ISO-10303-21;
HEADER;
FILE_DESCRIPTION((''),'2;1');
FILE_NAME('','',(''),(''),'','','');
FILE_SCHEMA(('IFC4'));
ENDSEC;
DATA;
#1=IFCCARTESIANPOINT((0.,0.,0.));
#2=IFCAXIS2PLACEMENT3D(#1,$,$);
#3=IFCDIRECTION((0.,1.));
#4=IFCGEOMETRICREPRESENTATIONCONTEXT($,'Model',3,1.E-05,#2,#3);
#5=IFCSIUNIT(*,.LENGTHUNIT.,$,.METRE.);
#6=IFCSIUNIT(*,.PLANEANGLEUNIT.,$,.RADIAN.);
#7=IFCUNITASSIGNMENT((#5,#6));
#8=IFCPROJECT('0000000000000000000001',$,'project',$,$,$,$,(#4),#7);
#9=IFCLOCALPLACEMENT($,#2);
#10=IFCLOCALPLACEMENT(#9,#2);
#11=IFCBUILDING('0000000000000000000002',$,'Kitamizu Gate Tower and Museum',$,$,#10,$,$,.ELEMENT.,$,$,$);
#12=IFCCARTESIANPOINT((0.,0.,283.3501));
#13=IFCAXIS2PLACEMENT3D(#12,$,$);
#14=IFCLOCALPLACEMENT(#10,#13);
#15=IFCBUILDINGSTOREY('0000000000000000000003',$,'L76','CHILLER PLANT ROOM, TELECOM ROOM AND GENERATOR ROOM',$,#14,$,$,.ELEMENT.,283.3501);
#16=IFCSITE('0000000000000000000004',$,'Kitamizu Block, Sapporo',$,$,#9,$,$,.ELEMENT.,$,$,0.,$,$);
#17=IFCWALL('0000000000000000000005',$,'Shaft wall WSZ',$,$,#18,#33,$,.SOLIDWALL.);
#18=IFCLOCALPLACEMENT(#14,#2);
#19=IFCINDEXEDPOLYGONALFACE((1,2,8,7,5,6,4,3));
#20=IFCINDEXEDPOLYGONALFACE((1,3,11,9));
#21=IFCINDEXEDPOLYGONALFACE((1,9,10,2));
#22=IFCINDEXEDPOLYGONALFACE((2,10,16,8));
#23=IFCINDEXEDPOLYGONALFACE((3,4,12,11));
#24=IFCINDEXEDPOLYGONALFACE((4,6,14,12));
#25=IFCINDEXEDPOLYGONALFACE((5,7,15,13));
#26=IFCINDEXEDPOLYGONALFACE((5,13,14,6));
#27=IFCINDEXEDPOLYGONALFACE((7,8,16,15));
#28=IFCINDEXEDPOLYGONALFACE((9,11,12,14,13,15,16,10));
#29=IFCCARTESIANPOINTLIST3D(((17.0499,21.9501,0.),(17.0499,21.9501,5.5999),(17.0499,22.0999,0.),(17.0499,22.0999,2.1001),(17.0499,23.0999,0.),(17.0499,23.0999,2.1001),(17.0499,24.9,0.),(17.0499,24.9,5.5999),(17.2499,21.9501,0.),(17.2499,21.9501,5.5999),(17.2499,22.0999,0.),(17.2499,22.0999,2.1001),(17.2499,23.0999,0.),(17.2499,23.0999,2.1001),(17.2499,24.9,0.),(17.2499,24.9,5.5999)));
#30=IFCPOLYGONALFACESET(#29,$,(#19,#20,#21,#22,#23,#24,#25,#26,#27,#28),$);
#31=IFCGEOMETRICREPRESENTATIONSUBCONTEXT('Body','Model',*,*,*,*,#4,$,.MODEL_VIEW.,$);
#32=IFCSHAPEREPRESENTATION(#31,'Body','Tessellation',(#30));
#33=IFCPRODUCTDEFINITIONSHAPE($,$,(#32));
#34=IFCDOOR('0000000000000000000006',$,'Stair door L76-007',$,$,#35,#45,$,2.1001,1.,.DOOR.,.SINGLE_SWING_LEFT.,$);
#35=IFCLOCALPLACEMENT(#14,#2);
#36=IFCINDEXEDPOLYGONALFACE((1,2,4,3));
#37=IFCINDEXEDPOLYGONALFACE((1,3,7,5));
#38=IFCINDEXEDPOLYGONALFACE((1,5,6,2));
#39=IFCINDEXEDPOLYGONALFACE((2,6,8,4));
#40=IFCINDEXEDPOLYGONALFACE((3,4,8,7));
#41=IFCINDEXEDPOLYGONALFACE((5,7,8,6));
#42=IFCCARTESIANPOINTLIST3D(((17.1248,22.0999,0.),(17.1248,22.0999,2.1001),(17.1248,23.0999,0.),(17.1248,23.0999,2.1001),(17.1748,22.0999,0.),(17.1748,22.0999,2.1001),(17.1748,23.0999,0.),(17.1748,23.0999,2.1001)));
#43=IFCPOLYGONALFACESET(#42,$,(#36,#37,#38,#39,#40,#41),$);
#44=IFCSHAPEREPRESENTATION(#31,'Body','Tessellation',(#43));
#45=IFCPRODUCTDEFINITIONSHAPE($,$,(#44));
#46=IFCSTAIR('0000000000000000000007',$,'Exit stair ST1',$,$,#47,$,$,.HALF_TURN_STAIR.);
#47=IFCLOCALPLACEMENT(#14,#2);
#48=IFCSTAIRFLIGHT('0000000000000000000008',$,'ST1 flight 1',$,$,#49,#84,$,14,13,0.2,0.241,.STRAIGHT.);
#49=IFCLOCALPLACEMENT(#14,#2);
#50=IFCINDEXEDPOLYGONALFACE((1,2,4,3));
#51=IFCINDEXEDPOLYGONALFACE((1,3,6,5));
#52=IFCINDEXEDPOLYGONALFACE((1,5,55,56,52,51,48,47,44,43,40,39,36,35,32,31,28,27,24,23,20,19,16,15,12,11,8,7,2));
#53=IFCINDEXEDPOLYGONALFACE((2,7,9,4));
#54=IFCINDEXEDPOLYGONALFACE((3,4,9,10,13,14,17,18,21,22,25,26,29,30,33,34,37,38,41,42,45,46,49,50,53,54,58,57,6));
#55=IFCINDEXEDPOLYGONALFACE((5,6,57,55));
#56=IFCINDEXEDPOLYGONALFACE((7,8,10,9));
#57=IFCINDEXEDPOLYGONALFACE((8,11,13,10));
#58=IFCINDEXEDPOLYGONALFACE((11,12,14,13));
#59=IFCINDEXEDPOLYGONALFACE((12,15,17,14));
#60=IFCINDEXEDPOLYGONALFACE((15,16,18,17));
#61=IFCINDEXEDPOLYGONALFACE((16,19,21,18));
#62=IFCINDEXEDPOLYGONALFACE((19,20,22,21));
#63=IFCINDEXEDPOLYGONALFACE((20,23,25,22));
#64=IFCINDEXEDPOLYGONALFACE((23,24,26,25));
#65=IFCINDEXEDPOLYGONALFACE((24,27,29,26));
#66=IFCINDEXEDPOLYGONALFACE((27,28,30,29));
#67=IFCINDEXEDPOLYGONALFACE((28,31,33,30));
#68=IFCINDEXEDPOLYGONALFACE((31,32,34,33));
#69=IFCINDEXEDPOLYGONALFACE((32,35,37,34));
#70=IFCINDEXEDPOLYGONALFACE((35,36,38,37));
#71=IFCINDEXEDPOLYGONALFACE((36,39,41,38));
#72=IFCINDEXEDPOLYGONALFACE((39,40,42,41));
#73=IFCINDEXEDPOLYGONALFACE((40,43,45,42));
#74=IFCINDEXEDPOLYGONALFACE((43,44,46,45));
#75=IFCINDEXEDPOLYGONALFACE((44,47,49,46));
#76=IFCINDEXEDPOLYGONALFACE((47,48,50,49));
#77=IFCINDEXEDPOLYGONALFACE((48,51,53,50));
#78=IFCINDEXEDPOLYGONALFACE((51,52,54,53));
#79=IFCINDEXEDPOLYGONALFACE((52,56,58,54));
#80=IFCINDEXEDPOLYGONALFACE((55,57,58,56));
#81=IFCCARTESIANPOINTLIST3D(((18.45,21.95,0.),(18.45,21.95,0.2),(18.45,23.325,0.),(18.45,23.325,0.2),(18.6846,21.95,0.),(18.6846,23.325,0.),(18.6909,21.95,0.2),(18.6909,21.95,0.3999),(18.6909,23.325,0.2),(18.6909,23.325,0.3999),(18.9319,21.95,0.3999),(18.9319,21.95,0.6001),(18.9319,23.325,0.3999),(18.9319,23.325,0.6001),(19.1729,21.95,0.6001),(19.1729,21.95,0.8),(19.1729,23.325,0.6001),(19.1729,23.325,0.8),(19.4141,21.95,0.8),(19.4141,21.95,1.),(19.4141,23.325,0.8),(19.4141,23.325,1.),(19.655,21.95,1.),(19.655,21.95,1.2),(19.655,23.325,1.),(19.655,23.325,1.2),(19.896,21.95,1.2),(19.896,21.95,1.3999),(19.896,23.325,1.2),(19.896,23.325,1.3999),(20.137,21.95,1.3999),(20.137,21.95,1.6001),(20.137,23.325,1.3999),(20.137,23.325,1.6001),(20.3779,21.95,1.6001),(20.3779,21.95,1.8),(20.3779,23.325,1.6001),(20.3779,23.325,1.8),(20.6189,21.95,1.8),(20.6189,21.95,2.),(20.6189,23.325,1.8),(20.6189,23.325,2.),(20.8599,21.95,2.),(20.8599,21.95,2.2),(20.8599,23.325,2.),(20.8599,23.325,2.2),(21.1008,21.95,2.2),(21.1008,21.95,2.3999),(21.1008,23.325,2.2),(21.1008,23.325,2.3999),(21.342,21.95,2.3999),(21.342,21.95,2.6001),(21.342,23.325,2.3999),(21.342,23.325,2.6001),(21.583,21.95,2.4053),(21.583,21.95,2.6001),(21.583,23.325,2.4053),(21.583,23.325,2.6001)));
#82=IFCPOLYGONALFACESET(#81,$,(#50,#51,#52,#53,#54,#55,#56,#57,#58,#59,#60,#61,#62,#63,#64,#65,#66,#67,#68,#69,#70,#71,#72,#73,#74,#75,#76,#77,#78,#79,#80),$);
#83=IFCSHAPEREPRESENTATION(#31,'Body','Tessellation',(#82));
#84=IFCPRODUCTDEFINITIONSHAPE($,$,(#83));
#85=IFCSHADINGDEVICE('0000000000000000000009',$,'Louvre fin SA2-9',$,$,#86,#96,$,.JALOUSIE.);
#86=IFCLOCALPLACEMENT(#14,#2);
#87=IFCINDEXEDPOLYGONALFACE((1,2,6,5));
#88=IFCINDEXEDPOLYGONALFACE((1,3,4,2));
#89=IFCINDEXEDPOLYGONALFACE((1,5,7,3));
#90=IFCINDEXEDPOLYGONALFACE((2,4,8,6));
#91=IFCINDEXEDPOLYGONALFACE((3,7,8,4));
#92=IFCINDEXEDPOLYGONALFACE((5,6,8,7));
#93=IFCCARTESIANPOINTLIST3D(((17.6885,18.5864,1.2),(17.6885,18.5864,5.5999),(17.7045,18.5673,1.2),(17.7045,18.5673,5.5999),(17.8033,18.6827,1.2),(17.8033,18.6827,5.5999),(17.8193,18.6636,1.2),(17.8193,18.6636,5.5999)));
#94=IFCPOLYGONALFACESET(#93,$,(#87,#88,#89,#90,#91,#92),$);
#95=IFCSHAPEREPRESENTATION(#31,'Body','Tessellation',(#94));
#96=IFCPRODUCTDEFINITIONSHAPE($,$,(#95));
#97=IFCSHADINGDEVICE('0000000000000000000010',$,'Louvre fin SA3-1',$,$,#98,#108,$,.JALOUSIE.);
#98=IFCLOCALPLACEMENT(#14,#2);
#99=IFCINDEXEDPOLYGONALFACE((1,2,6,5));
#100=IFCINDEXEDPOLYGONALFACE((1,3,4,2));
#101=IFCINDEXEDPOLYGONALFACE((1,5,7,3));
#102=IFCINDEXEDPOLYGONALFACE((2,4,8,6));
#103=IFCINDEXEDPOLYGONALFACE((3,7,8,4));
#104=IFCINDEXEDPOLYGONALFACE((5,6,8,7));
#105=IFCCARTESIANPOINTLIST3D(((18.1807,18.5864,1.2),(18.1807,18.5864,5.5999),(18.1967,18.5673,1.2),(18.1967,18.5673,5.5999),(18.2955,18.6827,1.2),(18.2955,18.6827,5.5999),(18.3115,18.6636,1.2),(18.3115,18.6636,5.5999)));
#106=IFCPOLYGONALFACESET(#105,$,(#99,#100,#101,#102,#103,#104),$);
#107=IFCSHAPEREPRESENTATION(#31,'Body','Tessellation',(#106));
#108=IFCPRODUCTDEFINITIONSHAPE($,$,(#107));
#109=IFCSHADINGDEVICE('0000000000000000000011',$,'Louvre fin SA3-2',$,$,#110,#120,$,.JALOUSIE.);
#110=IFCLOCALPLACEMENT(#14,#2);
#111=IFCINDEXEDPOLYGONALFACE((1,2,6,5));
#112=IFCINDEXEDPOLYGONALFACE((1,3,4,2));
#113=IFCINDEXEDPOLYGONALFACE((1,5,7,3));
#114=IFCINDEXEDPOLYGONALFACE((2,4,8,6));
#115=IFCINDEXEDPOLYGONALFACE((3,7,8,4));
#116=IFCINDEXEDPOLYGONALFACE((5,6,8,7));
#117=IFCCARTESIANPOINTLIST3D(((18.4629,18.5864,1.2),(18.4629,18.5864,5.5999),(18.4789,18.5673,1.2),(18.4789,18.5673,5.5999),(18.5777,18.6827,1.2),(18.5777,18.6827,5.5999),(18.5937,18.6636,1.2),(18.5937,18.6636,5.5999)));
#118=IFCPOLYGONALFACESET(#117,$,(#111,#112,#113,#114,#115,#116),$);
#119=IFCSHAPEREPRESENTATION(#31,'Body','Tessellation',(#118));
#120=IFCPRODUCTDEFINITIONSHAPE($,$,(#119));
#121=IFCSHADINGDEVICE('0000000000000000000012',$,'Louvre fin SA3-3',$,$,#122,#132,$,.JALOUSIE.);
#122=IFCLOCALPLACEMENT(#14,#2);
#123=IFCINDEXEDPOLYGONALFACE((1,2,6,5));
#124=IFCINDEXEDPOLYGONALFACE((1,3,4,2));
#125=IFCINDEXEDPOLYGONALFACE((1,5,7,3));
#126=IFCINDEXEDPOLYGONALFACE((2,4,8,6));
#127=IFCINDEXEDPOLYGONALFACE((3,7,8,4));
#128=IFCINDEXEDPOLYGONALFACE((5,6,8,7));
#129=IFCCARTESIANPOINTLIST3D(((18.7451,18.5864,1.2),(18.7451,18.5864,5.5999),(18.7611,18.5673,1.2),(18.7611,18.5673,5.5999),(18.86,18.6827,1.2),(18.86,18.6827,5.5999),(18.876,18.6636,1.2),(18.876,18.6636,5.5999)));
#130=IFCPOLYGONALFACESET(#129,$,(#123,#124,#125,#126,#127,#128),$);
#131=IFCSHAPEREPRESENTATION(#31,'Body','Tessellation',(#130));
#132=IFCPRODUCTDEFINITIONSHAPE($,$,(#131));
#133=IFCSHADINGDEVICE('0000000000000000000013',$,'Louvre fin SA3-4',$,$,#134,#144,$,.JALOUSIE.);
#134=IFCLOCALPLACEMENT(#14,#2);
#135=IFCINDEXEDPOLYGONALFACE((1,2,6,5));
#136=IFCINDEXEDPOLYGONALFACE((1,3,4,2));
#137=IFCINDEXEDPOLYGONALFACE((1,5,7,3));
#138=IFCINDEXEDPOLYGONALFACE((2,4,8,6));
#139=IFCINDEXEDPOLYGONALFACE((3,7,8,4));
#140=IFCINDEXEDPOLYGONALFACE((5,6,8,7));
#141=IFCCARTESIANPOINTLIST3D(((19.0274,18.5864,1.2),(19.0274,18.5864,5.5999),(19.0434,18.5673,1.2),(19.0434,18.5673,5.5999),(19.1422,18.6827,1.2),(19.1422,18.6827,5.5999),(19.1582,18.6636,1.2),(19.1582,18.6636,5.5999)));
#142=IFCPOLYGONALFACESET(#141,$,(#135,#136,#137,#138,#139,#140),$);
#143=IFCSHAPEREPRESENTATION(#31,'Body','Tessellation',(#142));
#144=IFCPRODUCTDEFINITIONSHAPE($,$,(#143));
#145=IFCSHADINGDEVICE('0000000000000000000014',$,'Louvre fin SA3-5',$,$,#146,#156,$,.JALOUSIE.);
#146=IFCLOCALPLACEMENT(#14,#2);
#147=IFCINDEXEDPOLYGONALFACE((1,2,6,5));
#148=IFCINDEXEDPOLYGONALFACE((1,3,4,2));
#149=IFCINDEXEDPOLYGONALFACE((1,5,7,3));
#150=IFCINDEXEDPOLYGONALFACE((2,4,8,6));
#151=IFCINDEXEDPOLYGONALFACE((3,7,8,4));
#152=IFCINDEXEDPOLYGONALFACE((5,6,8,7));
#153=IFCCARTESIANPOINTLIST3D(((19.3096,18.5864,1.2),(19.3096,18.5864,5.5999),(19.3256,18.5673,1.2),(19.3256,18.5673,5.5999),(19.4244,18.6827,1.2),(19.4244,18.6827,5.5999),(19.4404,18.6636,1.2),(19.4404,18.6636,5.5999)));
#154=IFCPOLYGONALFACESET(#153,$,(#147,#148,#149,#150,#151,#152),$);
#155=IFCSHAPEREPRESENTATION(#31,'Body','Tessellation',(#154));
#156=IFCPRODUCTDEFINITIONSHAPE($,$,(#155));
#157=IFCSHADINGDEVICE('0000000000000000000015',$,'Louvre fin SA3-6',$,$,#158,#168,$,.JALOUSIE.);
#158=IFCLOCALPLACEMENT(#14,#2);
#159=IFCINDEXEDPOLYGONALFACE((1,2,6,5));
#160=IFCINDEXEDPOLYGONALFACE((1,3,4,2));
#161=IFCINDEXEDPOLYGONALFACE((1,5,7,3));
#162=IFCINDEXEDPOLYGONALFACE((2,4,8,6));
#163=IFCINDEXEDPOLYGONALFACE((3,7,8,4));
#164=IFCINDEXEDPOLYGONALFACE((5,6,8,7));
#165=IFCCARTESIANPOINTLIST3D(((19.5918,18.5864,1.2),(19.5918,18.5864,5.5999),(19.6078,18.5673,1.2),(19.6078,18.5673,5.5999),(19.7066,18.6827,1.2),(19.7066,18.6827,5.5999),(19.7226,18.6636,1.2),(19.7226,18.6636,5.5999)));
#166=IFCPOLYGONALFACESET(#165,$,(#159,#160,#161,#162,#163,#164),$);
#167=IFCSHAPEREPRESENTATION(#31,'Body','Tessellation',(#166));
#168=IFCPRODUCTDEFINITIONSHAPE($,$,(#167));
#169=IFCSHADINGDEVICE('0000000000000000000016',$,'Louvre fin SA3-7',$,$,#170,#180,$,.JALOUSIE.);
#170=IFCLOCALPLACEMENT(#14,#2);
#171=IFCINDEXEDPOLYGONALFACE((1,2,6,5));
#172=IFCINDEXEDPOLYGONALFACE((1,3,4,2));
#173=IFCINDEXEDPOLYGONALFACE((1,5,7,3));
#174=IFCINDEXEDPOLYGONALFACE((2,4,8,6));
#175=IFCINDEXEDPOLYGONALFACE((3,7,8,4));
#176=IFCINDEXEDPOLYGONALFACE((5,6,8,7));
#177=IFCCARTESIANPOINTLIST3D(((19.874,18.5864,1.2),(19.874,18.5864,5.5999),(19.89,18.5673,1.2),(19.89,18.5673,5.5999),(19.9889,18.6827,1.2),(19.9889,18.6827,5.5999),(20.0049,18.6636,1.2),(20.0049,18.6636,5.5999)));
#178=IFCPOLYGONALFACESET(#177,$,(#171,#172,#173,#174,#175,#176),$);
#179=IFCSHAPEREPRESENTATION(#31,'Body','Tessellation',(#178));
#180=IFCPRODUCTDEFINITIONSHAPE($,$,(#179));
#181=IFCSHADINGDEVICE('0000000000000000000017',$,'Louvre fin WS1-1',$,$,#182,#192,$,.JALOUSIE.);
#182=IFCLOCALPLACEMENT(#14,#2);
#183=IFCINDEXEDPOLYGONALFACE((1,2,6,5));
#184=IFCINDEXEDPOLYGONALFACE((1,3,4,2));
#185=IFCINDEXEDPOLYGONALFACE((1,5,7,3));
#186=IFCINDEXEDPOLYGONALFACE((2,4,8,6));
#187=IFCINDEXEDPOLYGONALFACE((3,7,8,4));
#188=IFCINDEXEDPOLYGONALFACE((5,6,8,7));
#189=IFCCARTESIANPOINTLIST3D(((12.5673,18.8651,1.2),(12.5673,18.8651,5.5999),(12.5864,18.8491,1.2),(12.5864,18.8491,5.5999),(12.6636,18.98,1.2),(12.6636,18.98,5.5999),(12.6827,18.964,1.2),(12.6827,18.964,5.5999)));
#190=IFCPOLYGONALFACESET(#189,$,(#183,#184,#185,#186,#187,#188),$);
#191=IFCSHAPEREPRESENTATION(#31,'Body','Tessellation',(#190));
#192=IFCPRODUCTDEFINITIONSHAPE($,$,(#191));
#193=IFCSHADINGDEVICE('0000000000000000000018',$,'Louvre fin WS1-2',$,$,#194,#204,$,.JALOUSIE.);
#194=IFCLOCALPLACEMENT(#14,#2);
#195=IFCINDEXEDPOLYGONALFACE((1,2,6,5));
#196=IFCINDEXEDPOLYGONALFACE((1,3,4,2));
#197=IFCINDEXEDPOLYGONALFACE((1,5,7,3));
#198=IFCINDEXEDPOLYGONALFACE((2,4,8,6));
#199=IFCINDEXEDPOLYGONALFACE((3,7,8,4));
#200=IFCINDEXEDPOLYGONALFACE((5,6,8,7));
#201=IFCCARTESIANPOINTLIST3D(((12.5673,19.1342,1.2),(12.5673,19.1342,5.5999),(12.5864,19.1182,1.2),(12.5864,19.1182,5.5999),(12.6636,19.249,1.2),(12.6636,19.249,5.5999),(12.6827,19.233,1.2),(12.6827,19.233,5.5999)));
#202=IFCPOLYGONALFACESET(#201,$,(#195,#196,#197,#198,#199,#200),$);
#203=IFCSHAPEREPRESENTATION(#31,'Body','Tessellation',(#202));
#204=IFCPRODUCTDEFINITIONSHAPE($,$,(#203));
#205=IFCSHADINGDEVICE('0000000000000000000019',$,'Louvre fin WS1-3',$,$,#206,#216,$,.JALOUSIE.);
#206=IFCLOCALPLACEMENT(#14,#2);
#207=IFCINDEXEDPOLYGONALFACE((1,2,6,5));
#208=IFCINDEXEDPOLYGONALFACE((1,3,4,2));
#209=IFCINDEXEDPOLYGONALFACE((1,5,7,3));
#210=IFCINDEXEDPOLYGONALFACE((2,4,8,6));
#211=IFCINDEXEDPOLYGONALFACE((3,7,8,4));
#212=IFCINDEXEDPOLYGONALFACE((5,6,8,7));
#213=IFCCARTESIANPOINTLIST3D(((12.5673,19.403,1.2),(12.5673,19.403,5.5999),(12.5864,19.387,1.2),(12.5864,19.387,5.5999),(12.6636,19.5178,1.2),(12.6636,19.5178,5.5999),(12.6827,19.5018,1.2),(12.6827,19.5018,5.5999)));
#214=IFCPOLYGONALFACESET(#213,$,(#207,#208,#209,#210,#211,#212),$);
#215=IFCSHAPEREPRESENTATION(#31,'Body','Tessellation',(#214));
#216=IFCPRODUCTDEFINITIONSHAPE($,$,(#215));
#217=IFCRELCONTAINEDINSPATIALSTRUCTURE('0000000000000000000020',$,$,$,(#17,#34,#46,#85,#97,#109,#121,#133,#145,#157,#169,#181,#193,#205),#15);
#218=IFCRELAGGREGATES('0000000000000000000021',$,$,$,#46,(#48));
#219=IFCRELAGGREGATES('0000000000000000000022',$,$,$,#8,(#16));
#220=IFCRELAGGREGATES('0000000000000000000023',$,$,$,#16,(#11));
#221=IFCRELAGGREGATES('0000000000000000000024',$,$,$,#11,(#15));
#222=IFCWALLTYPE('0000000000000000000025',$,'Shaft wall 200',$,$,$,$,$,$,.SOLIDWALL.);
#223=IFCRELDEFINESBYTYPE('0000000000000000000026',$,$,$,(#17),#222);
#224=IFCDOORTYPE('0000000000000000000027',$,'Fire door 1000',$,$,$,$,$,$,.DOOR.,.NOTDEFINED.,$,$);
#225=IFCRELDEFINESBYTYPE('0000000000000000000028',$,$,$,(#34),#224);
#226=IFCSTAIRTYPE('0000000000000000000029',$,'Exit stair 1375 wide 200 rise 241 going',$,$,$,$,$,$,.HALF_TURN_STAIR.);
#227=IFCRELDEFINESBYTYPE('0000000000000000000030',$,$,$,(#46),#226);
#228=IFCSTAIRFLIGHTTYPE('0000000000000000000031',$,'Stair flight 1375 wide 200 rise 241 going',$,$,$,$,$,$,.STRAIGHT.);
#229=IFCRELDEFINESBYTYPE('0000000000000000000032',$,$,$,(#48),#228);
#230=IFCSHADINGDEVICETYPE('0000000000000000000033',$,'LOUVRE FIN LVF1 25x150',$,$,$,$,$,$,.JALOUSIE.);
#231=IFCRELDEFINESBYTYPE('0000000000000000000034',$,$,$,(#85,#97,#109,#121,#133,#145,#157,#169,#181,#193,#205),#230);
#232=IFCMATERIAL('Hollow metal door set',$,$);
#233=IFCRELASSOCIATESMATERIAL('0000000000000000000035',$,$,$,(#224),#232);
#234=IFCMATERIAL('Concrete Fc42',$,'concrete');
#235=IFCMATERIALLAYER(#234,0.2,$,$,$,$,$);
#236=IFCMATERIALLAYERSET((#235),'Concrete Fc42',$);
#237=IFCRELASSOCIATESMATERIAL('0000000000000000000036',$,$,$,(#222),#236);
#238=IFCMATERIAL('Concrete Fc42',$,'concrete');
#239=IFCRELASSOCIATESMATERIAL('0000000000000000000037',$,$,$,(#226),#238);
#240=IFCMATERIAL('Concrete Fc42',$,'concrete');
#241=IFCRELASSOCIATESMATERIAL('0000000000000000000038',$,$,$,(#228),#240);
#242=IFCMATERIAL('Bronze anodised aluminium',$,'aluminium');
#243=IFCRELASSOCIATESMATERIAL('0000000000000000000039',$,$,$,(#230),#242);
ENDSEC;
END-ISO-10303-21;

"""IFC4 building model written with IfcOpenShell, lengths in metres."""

from ifc_helpers import new_model, si_unit, direction, frame, frame_2d, origin, origin_2d, place, context, subcontext, project, spatial, polyline, rectangle, outline, extrude, material, layer, layer_set, material_profile, profile_set, type_object, element, fill, aggregate, save


model = new_model("IFC4")

# Units and contexts
model_context = context("Model", 3, precision=1e-05, world=origin(), true_north=direction((0.0, 1.0)))
body_context = subcontext(model_context, "Body", "Model", "MODEL_VIEW")
ifc_project = project(units=[si_unit("LENGTHUNIT", "METRE"), si_unit("PLANEANGLEUNIT", "RADIAN")], contexts=[model_context])

# Site, building, storey
site_placement = place(None, origin())
site = spatial("IfcSite", under=ifc_project, at=site_placement, Name="Kitamizu Block, Sapporo", CompositionType="ELEMENT", RefElevation=0.0)
building_placement = place(site_placement, origin())
building = spatial("IfcBuilding", under=site, at=building_placement, Name="Kitamizu Gate Tower and Museum", CompositionType="ELEMENT")
storey_placement = place(building_placement, frame((0.0, 0.0, 283.3501)))
storey = spatial("IfcBuildingStorey", under=building, at=storey_placement, Name="L76", Description="CHILLER PLANT ROOM, TELECOM ROOM AND GENERATOR ROOM", CompositionType="ELEMENT", Elevation=283.3501)

# Shared definitions
ifc_material_1 = material(Name="Hollow metal door set")
door_type_1 = type_object("IfcDoorType", Name="Fire door 1000", OperationType="NOTDEFINED", PredefinedType="DOOR", material=ifc_material_1)

# Shared definitions
ifc_material_2 = material(Name="Concrete Fc42", Category="concrete")
ifc_layer_1 = layer(ifc_material_2, 0.2)
ifc_layer_set_1 = layer_set([ifc_layer_1], Name="Concrete Fc42")
wall_type_1 = type_object("IfcWallType", Name="Shaft wall 200", PredefinedType="SOLIDWALL", material=ifc_layer_set_1)

# Wall, opening, door
wall_1_placement = place(storey_placement, frame((17.1499, 21.95, 0.0), z_axis=(0.0, 0.0, 1.0), x_axis=(0.0, 1.0, 0.0)))
wall_1 = element("IfcWall", 1, at=wall_1_placement, inside=storey, type_object=wall_type_1, Name="Shaft wall WSZ", PredefinedType="SOLIDWALL", context=body_context, shape_type="SweptSolid", body=[
    extrude(rectangle(XDim=2.95, YDim=0.2, at=frame_2d((1.4751, 0.0))), origin(), (0.0, 0.0, 1.0), 5.5999),
])
opening_1_placement = place(wall_1_placement, frame((0.1499, 0.0, 0.0)))
opening_1 = element("IfcOpeningElement", 2, at=opening_1_placement, cuts=wall_1, PredefinedType="OPENING", context=body_context, shape_type="SweptSolid", body=[
    extrude(rectangle(XDim=1.0, YDim=2.1001, at=frame_2d((0.5, 1.05))), frame((0.0, 0.1099, 0.0), z_axis=(0.0, -1.0, 0.0), x_axis=(1.0, 0.0, 0.0)), (0.0, 0.0, 1.0), 0.22),
])
door_1_placement = place(opening_1_placement, frame((1.0, 0.0, 0.0), x_axis=(-1.0, 0.0, 0.0)))
door_1 = element("IfcDoor", 3, at=door_1_placement, inside=storey, type_object=door_type_1, Name="Stair door L76-007", OperationType="SINGLE_SWING_LEFT", OverallHeight=2.1001, OverallWidth=1.0, PredefinedType="DOOR", context=body_context, shape_type="SweptSolid", body=[
    extrude(rectangle(XDim=1.0, YDim=2.1001, at=frame_2d((0.5, 1.05))), frame((0.0, 0.0249, 0.0), z_axis=(0.0, -1.0, 0.0), x_axis=(1.0, 0.0, 0.0)), (0.0, 0.0, 1.0), 0.05),
])
fill(opening_1, door_1)

# Stair, stair flight
ifc_material_3 = material(Name="Concrete Fc42", Category="concrete")
stair_type = type_object("IfcStairType", Name="Exit stair 1375 wide 200 rise 241 going", PredefinedType="HALF_TURN_STAIR", material=ifc_material_3)
stair_placement = place(storey_placement, origin())
stair = element("IfcStair", 4, at=stair_placement, inside=storey, type_object=stair_type, Name="Exit stair ST1", PredefinedType="HALF_TURN_STAIR")
ifc_material_4 = material(Name="Concrete Fc42", Category="concrete")
stair_flight_type = type_object("IfcStairFlightType", Name="Stair flight 1375 wide 200 rise 241 going", PredefinedType="STRAIGHT", material=ifc_material_4)
stair_flight_placement = place(storey_placement, frame((18.45, 22.6375, 0.0), z_axis=(0.0, 0.0, 1.0), x_axis=(1.0, 0.0, 0.0)))
stair_flight = element("IfcStairFlight", 5, at=stair_flight_placement, type_object=stair_flight_type, Name="ST1 flight 1", NumberOfRisers=14, NumberOfTreads=13, PredefinedType="STRAIGHT", RiserHeight=0.2, TreadLength=0.241, context=body_context, shape_type="SweptSolid", body=[
    extrude(outline(polyline([(0.0, 0.0), (0.0, 0.2), (0.241, 0.2), (0.241, 0.3999), (0.4819, 0.3999), (0.4819, 0.6001), (0.7229, 0.6001), (0.7229, 0.8), (0.9641, 0.8), (0.9641, 1.0), (1.2051, 1.0), (1.2051, 1.2), (1.446, 1.2), (1.446, 1.3999), (1.687, 1.3999), (1.687, 1.6001), (1.928, 1.6001), (1.928, 1.8), (2.1689, 1.8), (2.1689, 2.0), (2.4099, 2.0), (2.4099, 2.2), (2.6509, 2.2), (2.6509, 2.3999), (2.8921, 2.3999), (2.8921, 2.6001), (3.1331, 2.6001), (3.1331, 2.8), (3.1331, 2.4053), (0.2346, 0.0), (0.0, 0.0)])), frame((0.0, 0.6875, 0.0), z_axis=(0.0, -1.0, 0.0), x_axis=(1.0, 0.0, 0.0)), (0.0, 0.0, 1.0), 1.375),
])
aggregate(stair, [stair_flight])

# Shading devices
ifc_material_5 = material(Name="Bronze anodised aluminium", Category="aluminium")
ifc_material_profile_1 = material_profile(ifc_material_5, rectangle(XDim=0.1499, YDim=0.0249, at=origin_2d()), Name="AL 25x150")
ifc_profile_set_1 = profile_set([ifc_material_profile_1], Name="Bronze anodised aluminium")
shading_device_type = type_object("IfcShadingDeviceType", Name="LOUVRE FIN LVF1 25x150", PredefinedType="JALOUSIE", material=ifc_profile_set_1)
for number, where, z_axis, x_axis, name in (
    (6, (17.7539, 18.625, 1.2), (0.0, 0.0, 1.0), (0.766044, 0.642788, 0.0), "Louvre fin SA2-9"),
    (7, (18.2461, 18.625, 1.2), (0.0, 0.0, 1.0), (0.766044, 0.642788, 0.0), "Louvre fin SA3-1"),
    (8, (18.5283, 18.625, 1.2), (0.0, 0.0, 1.0), (0.766044, 0.642788, 0.0), "Louvre fin SA3-2"),
    (9, (18.8105, 18.625, 1.2), (0.0, 0.0, 1.0), (0.766044, 0.642788, 0.0), "Louvre fin SA3-3"),
    (10, (19.0928, 18.625, 1.2), (0.0, 0.0, 1.0), (0.766044, 0.642788, 0.0), "Louvre fin SA3-4"),
    (11, (19.375, 18.625, 1.2), (0.0, 0.0, 1.0), (0.766044, 0.642788, 0.0), "Louvre fin SA3-5"),
    (12, (19.6572, 18.625, 1.2), (0.0, 0.0, 1.0), (0.766044, 0.642788, 0.0), "Louvre fin SA3-6"),
    (13, (19.9395, 18.625, 1.2), (0.0, 0.0, 1.0), (0.766044, 0.642788, 0.0), "Louvre fin SA3-7"),
    (14, (12.625, 18.9146, 1.2), (0.0, 0.0, 1.0), (0.642788, 0.766044, 0.0), "Louvre fin WS1-1"),
    (15, (12.625, 19.1836, 1.2), (0.0, 0.0, 1.0), (0.642788, 0.766044, 0.0), "Louvre fin WS1-2"),
    (16, (12.625, 19.4524, 1.2), (0.0, 0.0, 1.0), (0.642788, 0.766044, 0.0), "Louvre fin WS1-3"),
):
    element("IfcShadingDevice", number, at=place(storey_placement, frame(where, z_axis=z_axis, x_axis=x_axis)), inside=storey, type_object=shading_device_type, Name=name, PredefinedType="JALOUSIE", context=body_context, shape_type="SweptSolid", body=[
        extrude(rectangle(XDim=0.1499, YDim=0.0249, at=origin_2d()), origin(), (0.0, 0.0, 1.0), 4.3999),
    ])

save(model, "model.ifc")
